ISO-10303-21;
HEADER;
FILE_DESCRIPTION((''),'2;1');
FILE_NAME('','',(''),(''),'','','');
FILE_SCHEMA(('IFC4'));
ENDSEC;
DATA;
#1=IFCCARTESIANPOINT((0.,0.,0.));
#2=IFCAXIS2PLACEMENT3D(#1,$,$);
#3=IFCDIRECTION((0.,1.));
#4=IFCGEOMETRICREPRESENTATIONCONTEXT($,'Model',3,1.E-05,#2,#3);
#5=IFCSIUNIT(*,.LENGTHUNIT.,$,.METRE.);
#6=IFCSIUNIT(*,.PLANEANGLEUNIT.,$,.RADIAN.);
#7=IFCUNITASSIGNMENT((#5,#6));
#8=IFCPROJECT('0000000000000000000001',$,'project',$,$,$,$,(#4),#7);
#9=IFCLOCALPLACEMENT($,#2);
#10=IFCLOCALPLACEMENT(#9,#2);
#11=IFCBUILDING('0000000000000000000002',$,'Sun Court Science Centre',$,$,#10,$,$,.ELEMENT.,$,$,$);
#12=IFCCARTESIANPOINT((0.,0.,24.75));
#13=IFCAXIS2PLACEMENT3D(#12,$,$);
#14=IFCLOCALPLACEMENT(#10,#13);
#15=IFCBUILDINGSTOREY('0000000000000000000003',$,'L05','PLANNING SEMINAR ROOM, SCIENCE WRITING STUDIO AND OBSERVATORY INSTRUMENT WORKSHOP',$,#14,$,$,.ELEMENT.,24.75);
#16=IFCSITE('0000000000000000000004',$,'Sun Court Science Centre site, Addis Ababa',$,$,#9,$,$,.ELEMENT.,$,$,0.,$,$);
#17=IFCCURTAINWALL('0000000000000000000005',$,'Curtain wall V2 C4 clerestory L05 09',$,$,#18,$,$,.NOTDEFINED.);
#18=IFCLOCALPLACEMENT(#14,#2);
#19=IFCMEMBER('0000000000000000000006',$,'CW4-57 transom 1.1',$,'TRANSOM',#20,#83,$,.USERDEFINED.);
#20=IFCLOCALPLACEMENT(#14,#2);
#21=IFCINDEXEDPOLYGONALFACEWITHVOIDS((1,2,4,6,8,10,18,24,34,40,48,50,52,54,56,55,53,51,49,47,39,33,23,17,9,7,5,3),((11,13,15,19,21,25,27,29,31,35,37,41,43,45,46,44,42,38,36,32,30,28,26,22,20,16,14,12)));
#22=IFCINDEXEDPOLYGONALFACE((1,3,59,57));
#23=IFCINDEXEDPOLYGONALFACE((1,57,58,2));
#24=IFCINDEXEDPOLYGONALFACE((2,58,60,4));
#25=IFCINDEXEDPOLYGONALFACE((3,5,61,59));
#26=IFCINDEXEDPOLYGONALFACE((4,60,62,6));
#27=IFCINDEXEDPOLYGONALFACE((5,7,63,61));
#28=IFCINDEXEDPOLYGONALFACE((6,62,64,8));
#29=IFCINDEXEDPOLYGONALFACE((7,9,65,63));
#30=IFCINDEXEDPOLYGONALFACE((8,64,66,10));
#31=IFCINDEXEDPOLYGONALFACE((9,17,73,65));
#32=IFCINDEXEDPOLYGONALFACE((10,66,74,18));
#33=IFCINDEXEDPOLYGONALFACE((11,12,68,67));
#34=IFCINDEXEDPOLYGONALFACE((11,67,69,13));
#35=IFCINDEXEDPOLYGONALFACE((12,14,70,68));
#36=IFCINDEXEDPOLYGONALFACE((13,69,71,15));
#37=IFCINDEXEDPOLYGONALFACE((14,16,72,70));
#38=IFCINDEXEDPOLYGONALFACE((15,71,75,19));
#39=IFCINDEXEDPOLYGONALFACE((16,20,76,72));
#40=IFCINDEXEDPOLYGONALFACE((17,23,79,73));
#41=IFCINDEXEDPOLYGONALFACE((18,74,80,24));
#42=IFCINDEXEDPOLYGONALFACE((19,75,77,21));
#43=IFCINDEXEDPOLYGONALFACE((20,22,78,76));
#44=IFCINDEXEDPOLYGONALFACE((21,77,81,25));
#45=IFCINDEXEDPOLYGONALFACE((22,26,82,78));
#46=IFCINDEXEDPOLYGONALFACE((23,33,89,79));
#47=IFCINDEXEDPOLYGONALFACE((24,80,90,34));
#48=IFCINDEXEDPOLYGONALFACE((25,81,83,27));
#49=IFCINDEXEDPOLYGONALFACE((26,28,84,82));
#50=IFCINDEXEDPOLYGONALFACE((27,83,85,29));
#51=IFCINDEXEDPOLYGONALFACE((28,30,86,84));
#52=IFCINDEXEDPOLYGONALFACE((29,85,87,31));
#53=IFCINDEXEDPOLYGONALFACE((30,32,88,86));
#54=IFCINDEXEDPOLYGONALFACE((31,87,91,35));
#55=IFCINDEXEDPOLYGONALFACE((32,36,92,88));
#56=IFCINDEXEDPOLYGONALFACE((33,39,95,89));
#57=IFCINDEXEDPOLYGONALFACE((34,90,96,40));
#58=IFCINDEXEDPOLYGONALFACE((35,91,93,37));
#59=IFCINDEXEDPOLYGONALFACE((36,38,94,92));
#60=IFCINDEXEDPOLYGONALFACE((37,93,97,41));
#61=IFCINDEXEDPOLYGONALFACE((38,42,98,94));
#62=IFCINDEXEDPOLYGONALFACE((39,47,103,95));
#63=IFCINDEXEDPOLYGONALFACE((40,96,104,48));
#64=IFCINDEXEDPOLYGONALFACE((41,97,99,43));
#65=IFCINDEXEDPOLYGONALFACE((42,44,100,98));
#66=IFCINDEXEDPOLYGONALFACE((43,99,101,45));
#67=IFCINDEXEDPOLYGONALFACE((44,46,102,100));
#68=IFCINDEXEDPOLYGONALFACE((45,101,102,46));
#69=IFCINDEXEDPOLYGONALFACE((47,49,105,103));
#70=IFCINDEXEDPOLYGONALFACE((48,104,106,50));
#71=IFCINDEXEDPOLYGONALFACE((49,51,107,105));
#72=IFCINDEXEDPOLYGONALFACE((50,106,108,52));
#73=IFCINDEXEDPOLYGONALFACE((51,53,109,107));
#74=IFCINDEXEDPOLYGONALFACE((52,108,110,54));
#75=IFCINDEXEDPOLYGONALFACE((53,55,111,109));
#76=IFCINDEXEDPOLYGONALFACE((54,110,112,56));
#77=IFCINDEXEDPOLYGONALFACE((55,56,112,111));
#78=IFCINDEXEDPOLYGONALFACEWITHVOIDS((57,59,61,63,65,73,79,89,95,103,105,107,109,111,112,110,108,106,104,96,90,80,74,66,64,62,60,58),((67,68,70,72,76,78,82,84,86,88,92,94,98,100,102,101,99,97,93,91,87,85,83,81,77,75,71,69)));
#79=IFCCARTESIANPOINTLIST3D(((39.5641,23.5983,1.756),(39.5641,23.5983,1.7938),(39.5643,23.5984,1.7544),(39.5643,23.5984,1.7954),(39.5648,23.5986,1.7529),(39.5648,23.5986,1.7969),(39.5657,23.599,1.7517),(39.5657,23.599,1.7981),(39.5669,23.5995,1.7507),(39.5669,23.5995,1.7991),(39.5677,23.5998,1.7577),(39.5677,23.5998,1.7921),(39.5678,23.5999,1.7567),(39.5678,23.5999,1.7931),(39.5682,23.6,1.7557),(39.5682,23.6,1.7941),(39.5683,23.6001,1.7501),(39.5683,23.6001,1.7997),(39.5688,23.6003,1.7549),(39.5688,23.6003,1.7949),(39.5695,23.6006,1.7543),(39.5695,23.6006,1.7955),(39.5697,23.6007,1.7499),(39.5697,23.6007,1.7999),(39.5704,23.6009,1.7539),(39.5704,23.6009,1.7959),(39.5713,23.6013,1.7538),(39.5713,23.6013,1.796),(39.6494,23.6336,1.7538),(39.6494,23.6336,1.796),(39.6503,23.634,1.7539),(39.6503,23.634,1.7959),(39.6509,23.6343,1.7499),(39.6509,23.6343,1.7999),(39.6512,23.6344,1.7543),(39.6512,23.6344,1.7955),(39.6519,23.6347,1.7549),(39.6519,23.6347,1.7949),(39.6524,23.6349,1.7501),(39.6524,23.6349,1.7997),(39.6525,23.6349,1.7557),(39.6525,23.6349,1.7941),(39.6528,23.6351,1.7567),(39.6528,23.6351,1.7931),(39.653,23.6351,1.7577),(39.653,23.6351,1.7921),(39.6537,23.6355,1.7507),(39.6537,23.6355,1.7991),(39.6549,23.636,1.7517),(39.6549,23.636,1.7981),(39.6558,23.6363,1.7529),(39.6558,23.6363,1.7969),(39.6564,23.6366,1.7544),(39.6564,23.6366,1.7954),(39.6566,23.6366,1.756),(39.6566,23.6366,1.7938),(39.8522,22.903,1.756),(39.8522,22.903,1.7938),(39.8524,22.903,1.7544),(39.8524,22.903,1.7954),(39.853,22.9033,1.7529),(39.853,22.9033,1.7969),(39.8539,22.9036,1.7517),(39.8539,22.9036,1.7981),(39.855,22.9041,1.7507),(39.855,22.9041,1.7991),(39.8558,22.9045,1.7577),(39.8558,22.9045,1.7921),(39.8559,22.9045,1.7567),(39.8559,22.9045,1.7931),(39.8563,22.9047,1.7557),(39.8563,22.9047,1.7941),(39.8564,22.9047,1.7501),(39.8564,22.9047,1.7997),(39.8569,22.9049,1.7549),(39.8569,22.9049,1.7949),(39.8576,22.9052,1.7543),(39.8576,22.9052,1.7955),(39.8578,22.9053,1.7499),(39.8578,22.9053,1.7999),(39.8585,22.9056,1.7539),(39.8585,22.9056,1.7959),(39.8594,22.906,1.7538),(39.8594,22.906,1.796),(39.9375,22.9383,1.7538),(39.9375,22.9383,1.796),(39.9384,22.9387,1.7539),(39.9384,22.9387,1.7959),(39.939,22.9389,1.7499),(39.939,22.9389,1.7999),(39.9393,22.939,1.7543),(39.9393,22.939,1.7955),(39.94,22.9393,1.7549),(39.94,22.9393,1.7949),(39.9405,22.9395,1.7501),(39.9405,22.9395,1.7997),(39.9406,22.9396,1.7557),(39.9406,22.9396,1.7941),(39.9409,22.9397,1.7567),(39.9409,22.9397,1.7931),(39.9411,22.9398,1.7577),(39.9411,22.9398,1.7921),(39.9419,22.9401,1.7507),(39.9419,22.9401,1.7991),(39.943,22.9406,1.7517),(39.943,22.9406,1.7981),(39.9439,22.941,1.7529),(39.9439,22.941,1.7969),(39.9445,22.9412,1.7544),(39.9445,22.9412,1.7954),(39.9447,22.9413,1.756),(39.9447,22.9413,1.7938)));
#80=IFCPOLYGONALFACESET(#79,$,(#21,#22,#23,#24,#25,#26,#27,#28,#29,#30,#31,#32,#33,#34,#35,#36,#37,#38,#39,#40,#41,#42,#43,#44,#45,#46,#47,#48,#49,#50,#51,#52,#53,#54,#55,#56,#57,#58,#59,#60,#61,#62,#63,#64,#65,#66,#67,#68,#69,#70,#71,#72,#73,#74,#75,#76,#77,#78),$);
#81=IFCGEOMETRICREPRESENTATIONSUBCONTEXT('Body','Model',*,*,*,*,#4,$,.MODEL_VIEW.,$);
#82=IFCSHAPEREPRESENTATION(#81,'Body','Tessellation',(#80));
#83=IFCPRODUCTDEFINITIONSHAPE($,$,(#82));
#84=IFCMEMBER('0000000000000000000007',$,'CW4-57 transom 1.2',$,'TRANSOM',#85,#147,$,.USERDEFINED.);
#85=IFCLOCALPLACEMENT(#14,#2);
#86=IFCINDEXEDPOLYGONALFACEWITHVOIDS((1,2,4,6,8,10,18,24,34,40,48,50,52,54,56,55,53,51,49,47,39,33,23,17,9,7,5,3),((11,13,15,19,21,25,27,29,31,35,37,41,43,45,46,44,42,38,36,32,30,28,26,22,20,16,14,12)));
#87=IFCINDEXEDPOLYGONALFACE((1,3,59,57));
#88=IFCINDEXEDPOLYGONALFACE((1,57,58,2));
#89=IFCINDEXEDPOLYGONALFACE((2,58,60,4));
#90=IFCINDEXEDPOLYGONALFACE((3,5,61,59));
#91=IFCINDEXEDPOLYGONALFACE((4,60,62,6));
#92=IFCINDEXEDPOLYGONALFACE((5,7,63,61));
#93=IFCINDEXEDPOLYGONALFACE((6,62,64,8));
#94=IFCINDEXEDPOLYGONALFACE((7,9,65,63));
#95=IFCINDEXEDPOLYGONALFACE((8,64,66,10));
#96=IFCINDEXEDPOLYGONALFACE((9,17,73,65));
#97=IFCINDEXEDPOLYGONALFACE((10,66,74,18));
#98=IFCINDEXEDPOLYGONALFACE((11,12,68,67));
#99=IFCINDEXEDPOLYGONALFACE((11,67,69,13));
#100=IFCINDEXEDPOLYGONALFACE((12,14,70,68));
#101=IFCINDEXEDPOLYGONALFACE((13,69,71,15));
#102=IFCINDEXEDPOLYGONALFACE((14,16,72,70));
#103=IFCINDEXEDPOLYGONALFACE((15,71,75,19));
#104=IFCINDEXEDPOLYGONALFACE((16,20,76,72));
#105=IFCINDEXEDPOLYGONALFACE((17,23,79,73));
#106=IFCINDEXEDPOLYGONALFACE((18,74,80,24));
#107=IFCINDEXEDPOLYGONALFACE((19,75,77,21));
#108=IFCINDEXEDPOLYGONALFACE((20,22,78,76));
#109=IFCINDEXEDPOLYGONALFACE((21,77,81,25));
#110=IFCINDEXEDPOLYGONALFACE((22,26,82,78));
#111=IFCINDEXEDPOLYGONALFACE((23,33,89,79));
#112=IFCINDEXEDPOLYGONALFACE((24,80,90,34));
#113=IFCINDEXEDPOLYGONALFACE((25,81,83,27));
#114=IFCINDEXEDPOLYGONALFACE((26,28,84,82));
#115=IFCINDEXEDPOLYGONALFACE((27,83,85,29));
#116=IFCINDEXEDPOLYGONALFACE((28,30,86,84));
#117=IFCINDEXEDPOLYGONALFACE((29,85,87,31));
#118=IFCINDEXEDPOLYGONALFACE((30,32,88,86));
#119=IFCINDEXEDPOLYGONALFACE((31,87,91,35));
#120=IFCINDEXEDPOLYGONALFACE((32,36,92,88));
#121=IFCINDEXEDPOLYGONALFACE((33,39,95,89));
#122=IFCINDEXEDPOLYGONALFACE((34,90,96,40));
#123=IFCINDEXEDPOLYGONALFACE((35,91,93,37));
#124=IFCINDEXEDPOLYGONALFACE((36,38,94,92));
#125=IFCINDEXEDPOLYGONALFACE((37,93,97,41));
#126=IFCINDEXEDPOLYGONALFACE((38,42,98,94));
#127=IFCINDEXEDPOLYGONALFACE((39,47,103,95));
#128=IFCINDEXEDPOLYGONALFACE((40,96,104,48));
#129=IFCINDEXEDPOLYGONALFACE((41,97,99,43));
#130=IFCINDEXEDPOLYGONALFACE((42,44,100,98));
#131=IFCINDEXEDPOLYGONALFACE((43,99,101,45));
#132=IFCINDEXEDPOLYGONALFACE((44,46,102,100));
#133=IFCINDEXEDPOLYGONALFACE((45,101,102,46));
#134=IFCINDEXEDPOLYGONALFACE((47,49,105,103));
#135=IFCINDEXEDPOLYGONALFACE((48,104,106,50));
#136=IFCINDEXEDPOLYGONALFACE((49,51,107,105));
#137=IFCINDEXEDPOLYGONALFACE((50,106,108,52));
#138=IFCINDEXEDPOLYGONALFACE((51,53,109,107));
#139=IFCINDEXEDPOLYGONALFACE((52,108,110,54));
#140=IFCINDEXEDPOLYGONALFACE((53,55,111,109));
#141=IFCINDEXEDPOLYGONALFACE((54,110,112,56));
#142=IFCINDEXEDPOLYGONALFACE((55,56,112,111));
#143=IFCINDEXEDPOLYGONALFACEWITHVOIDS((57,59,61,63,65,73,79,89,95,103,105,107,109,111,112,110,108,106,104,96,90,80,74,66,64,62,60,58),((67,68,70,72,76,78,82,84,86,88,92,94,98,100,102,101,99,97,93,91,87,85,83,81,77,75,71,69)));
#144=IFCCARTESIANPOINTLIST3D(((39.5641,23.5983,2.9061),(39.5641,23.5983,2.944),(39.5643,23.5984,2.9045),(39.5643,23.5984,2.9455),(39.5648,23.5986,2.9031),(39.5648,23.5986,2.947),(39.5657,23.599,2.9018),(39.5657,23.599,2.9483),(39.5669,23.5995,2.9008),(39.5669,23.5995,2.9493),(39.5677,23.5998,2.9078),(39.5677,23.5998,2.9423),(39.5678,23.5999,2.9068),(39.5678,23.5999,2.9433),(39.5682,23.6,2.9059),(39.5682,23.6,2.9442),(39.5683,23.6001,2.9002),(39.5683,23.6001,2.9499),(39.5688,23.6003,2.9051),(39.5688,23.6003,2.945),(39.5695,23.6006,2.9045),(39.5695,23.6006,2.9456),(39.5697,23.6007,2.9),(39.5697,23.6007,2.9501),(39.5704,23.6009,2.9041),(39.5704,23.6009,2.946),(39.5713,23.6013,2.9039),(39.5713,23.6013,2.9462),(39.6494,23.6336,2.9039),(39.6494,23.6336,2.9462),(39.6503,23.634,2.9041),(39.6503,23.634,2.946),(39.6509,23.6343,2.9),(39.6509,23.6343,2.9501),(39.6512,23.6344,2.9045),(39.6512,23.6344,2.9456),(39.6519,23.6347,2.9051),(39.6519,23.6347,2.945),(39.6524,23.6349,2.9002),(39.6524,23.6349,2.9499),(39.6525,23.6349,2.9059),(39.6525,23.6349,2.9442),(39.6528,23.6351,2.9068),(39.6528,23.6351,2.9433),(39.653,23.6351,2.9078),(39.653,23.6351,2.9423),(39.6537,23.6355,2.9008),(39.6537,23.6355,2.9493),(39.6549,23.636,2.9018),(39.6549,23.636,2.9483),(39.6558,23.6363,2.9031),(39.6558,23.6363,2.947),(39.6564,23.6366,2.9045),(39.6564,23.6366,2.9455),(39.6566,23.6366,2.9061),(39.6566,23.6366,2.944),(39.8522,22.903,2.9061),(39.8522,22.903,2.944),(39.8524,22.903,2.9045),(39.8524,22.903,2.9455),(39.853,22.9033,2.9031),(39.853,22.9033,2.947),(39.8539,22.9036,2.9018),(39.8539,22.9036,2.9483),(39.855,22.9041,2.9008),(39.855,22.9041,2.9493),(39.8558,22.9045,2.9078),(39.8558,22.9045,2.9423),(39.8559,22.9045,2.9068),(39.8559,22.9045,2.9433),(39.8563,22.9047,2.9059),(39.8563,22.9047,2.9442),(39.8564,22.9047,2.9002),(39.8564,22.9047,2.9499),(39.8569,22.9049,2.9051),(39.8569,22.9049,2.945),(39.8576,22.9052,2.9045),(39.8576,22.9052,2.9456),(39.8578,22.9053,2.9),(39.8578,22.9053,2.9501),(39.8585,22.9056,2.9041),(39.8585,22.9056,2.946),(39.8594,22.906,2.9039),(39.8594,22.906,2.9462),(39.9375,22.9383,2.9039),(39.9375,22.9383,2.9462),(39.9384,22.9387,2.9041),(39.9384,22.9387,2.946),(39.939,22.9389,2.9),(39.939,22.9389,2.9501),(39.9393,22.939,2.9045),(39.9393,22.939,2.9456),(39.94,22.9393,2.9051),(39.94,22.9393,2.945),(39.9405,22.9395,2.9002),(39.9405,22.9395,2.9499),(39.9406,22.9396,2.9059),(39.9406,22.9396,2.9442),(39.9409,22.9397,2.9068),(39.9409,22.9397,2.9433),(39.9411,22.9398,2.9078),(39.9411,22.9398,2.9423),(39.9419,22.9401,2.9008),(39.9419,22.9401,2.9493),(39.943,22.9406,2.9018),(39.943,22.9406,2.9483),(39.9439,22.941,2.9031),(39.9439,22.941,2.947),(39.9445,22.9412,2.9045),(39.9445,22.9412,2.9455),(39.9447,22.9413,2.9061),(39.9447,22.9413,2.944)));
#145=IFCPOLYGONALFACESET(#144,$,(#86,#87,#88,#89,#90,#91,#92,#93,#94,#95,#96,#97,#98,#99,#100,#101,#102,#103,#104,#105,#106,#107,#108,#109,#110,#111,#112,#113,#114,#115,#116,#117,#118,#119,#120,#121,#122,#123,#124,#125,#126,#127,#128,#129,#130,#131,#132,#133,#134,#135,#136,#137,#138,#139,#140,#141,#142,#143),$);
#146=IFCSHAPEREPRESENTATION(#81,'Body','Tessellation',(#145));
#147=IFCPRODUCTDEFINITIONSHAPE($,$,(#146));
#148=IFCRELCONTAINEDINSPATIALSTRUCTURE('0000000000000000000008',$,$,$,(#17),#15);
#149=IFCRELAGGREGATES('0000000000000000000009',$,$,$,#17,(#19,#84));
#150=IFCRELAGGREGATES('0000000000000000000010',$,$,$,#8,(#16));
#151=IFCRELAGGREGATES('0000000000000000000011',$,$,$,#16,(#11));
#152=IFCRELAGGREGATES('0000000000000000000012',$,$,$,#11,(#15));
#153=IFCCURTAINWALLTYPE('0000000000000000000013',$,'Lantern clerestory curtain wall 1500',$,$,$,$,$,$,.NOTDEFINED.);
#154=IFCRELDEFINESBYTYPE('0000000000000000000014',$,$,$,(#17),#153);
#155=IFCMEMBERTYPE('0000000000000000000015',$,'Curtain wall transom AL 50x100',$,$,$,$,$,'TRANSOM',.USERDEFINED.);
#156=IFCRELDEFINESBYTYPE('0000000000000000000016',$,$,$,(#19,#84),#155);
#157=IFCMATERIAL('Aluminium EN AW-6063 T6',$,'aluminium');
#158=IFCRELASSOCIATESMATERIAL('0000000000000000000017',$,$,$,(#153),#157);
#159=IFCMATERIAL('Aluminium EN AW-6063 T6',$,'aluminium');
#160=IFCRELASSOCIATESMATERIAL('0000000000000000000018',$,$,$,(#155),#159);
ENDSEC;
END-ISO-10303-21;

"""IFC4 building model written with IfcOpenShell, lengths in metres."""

from ifc_helpers import new_model, si_unit, direction, frame, origin, origin_2d, place, context, subcontext, project, spatial, hollow_rectangle, extrude, material, material_profile, profile_set, type_object, element, aggregate, save


model = new_model("IFC4")

# Units and contexts
model_context = context("Model", 3, precision=1e-05, world=origin(), true_north=direction((0.0, 1.0)))
body_context = subcontext(model_context, "Body", "Model", "MODEL_VIEW")
ifc_project = project(units=[si_unit("LENGTHUNIT", "METRE"), si_unit("PLANEANGLEUNIT", "RADIAN")], contexts=[model_context])

# Site, building, storey
site_placement = place(None, origin())
site = spatial("IfcSite", under=ifc_project, at=site_placement, Name="Sun Court Science Centre site, Addis Ababa", CompositionType="ELEMENT", RefElevation=0.0)
building_placement = place(site_placement, origin())
building = spatial("IfcBuilding", under=site, at=building_placement, Name="Sun Court Science Centre", CompositionType="ELEMENT")
storey_placement = place(building_placement, frame((0.0, 0.0, 24.75)))
storey = spatial("IfcBuildingStorey", under=building, at=storey_placement, Name="L05", Description="PLANNING SEMINAR ROOM, SCIENCE WRITING STUDIO AND OBSERVATORY INSTRUMENT WORKSHOP", CompositionType="ELEMENT", Elevation=24.75)

# Curtain wall
ifc_material_1 = material(Name="Aluminium EN AW-6063 T6", Category="aluminium")
curtain_wall_type = type_object("IfcCurtainWallType", Name="Lantern clerestory curtain wall 1500", PredefinedType="NOTDEFINED", material=ifc_material_1)
curtain_wall_1_placement = place(storey_placement, origin())
curtain_wall_1 = element("IfcCurtainWall", 1, at=curtain_wall_1_placement, inside=storey, type_object=curtain_wall_type, Name="Curtain wall V2 C4 clerestory L05 09", PredefinedType="NOTDEFINED")

# Members
ifc_material_2 = material(Name="Aluminium EN AW-6063 T6", Category="aluminium")
ifc_material_profile_1 = material_profile(ifc_material_2, hollow_rectangle(XDim=0.05, YDim=0.1001, WallThickness=0.0039, InnerFilletRadius=0.0039, OuterFilletRadius=0.0061, at=origin_2d()), Name="AL 50x100x4")
ifc_profile_set_1 = profile_set([ifc_material_profile_1], Name="Aluminium EN AW-6063 T6")
member_type_1 = type_object("IfcMemberType", Name="Curtain wall transom AL 50x100", ElementType="TRANSOM", PredefinedType="USERDEFINED", material=ifc_profile_set_1)
member_1_placement = place(storey_placement, frame((39.8984, 22.9221, 1.7749), z_axis=(-0.382772, 0.923843, 0.0), x_axis=(0.0, 0.0, 1.0)))
member_1 = element("IfcMember", 2, at=member_1_placement, type_object=member_type_1, Name="CW4-57 transom 1.1", ObjectType="TRANSOM", PredefinedType="USERDEFINED", context=body_context, shape_type="SweptSolid", body=[
    extrude(hollow_rectangle(XDim=0.05, YDim=0.1001, WallThickness=0.0039, InnerFilletRadius=0.0039, OuterFilletRadius=0.0061, at=origin_2d()), origin(), (0.0, 0.0, 1.0), 0.7527),
])
member_2_placement = place(storey_placement, frame((39.8984, 22.9221, 2.925), z_axis=(-0.382772, 0.923843, 0.0), x_axis=(0.0, 0.0, 1.0)))
member_2 = element("IfcMember", 3, at=member_2_placement, type_object=member_type_1, Name="CW4-57 transom 1.2", ObjectType="TRANSOM", PredefinedType="USERDEFINED", context=body_context, shape_type="SweptSolid", body=[
    extrude(hollow_rectangle(XDim=0.05, YDim=0.1001, WallThickness=0.0039, InnerFilletRadius=0.0039, OuterFilletRadius=0.0061, at=origin_2d()), origin(), (0.0, 0.0, 1.0), 0.7527),
])

aggregate(curtain_wall_1, [member_1, member_2])

save(model, "model.ifc")
